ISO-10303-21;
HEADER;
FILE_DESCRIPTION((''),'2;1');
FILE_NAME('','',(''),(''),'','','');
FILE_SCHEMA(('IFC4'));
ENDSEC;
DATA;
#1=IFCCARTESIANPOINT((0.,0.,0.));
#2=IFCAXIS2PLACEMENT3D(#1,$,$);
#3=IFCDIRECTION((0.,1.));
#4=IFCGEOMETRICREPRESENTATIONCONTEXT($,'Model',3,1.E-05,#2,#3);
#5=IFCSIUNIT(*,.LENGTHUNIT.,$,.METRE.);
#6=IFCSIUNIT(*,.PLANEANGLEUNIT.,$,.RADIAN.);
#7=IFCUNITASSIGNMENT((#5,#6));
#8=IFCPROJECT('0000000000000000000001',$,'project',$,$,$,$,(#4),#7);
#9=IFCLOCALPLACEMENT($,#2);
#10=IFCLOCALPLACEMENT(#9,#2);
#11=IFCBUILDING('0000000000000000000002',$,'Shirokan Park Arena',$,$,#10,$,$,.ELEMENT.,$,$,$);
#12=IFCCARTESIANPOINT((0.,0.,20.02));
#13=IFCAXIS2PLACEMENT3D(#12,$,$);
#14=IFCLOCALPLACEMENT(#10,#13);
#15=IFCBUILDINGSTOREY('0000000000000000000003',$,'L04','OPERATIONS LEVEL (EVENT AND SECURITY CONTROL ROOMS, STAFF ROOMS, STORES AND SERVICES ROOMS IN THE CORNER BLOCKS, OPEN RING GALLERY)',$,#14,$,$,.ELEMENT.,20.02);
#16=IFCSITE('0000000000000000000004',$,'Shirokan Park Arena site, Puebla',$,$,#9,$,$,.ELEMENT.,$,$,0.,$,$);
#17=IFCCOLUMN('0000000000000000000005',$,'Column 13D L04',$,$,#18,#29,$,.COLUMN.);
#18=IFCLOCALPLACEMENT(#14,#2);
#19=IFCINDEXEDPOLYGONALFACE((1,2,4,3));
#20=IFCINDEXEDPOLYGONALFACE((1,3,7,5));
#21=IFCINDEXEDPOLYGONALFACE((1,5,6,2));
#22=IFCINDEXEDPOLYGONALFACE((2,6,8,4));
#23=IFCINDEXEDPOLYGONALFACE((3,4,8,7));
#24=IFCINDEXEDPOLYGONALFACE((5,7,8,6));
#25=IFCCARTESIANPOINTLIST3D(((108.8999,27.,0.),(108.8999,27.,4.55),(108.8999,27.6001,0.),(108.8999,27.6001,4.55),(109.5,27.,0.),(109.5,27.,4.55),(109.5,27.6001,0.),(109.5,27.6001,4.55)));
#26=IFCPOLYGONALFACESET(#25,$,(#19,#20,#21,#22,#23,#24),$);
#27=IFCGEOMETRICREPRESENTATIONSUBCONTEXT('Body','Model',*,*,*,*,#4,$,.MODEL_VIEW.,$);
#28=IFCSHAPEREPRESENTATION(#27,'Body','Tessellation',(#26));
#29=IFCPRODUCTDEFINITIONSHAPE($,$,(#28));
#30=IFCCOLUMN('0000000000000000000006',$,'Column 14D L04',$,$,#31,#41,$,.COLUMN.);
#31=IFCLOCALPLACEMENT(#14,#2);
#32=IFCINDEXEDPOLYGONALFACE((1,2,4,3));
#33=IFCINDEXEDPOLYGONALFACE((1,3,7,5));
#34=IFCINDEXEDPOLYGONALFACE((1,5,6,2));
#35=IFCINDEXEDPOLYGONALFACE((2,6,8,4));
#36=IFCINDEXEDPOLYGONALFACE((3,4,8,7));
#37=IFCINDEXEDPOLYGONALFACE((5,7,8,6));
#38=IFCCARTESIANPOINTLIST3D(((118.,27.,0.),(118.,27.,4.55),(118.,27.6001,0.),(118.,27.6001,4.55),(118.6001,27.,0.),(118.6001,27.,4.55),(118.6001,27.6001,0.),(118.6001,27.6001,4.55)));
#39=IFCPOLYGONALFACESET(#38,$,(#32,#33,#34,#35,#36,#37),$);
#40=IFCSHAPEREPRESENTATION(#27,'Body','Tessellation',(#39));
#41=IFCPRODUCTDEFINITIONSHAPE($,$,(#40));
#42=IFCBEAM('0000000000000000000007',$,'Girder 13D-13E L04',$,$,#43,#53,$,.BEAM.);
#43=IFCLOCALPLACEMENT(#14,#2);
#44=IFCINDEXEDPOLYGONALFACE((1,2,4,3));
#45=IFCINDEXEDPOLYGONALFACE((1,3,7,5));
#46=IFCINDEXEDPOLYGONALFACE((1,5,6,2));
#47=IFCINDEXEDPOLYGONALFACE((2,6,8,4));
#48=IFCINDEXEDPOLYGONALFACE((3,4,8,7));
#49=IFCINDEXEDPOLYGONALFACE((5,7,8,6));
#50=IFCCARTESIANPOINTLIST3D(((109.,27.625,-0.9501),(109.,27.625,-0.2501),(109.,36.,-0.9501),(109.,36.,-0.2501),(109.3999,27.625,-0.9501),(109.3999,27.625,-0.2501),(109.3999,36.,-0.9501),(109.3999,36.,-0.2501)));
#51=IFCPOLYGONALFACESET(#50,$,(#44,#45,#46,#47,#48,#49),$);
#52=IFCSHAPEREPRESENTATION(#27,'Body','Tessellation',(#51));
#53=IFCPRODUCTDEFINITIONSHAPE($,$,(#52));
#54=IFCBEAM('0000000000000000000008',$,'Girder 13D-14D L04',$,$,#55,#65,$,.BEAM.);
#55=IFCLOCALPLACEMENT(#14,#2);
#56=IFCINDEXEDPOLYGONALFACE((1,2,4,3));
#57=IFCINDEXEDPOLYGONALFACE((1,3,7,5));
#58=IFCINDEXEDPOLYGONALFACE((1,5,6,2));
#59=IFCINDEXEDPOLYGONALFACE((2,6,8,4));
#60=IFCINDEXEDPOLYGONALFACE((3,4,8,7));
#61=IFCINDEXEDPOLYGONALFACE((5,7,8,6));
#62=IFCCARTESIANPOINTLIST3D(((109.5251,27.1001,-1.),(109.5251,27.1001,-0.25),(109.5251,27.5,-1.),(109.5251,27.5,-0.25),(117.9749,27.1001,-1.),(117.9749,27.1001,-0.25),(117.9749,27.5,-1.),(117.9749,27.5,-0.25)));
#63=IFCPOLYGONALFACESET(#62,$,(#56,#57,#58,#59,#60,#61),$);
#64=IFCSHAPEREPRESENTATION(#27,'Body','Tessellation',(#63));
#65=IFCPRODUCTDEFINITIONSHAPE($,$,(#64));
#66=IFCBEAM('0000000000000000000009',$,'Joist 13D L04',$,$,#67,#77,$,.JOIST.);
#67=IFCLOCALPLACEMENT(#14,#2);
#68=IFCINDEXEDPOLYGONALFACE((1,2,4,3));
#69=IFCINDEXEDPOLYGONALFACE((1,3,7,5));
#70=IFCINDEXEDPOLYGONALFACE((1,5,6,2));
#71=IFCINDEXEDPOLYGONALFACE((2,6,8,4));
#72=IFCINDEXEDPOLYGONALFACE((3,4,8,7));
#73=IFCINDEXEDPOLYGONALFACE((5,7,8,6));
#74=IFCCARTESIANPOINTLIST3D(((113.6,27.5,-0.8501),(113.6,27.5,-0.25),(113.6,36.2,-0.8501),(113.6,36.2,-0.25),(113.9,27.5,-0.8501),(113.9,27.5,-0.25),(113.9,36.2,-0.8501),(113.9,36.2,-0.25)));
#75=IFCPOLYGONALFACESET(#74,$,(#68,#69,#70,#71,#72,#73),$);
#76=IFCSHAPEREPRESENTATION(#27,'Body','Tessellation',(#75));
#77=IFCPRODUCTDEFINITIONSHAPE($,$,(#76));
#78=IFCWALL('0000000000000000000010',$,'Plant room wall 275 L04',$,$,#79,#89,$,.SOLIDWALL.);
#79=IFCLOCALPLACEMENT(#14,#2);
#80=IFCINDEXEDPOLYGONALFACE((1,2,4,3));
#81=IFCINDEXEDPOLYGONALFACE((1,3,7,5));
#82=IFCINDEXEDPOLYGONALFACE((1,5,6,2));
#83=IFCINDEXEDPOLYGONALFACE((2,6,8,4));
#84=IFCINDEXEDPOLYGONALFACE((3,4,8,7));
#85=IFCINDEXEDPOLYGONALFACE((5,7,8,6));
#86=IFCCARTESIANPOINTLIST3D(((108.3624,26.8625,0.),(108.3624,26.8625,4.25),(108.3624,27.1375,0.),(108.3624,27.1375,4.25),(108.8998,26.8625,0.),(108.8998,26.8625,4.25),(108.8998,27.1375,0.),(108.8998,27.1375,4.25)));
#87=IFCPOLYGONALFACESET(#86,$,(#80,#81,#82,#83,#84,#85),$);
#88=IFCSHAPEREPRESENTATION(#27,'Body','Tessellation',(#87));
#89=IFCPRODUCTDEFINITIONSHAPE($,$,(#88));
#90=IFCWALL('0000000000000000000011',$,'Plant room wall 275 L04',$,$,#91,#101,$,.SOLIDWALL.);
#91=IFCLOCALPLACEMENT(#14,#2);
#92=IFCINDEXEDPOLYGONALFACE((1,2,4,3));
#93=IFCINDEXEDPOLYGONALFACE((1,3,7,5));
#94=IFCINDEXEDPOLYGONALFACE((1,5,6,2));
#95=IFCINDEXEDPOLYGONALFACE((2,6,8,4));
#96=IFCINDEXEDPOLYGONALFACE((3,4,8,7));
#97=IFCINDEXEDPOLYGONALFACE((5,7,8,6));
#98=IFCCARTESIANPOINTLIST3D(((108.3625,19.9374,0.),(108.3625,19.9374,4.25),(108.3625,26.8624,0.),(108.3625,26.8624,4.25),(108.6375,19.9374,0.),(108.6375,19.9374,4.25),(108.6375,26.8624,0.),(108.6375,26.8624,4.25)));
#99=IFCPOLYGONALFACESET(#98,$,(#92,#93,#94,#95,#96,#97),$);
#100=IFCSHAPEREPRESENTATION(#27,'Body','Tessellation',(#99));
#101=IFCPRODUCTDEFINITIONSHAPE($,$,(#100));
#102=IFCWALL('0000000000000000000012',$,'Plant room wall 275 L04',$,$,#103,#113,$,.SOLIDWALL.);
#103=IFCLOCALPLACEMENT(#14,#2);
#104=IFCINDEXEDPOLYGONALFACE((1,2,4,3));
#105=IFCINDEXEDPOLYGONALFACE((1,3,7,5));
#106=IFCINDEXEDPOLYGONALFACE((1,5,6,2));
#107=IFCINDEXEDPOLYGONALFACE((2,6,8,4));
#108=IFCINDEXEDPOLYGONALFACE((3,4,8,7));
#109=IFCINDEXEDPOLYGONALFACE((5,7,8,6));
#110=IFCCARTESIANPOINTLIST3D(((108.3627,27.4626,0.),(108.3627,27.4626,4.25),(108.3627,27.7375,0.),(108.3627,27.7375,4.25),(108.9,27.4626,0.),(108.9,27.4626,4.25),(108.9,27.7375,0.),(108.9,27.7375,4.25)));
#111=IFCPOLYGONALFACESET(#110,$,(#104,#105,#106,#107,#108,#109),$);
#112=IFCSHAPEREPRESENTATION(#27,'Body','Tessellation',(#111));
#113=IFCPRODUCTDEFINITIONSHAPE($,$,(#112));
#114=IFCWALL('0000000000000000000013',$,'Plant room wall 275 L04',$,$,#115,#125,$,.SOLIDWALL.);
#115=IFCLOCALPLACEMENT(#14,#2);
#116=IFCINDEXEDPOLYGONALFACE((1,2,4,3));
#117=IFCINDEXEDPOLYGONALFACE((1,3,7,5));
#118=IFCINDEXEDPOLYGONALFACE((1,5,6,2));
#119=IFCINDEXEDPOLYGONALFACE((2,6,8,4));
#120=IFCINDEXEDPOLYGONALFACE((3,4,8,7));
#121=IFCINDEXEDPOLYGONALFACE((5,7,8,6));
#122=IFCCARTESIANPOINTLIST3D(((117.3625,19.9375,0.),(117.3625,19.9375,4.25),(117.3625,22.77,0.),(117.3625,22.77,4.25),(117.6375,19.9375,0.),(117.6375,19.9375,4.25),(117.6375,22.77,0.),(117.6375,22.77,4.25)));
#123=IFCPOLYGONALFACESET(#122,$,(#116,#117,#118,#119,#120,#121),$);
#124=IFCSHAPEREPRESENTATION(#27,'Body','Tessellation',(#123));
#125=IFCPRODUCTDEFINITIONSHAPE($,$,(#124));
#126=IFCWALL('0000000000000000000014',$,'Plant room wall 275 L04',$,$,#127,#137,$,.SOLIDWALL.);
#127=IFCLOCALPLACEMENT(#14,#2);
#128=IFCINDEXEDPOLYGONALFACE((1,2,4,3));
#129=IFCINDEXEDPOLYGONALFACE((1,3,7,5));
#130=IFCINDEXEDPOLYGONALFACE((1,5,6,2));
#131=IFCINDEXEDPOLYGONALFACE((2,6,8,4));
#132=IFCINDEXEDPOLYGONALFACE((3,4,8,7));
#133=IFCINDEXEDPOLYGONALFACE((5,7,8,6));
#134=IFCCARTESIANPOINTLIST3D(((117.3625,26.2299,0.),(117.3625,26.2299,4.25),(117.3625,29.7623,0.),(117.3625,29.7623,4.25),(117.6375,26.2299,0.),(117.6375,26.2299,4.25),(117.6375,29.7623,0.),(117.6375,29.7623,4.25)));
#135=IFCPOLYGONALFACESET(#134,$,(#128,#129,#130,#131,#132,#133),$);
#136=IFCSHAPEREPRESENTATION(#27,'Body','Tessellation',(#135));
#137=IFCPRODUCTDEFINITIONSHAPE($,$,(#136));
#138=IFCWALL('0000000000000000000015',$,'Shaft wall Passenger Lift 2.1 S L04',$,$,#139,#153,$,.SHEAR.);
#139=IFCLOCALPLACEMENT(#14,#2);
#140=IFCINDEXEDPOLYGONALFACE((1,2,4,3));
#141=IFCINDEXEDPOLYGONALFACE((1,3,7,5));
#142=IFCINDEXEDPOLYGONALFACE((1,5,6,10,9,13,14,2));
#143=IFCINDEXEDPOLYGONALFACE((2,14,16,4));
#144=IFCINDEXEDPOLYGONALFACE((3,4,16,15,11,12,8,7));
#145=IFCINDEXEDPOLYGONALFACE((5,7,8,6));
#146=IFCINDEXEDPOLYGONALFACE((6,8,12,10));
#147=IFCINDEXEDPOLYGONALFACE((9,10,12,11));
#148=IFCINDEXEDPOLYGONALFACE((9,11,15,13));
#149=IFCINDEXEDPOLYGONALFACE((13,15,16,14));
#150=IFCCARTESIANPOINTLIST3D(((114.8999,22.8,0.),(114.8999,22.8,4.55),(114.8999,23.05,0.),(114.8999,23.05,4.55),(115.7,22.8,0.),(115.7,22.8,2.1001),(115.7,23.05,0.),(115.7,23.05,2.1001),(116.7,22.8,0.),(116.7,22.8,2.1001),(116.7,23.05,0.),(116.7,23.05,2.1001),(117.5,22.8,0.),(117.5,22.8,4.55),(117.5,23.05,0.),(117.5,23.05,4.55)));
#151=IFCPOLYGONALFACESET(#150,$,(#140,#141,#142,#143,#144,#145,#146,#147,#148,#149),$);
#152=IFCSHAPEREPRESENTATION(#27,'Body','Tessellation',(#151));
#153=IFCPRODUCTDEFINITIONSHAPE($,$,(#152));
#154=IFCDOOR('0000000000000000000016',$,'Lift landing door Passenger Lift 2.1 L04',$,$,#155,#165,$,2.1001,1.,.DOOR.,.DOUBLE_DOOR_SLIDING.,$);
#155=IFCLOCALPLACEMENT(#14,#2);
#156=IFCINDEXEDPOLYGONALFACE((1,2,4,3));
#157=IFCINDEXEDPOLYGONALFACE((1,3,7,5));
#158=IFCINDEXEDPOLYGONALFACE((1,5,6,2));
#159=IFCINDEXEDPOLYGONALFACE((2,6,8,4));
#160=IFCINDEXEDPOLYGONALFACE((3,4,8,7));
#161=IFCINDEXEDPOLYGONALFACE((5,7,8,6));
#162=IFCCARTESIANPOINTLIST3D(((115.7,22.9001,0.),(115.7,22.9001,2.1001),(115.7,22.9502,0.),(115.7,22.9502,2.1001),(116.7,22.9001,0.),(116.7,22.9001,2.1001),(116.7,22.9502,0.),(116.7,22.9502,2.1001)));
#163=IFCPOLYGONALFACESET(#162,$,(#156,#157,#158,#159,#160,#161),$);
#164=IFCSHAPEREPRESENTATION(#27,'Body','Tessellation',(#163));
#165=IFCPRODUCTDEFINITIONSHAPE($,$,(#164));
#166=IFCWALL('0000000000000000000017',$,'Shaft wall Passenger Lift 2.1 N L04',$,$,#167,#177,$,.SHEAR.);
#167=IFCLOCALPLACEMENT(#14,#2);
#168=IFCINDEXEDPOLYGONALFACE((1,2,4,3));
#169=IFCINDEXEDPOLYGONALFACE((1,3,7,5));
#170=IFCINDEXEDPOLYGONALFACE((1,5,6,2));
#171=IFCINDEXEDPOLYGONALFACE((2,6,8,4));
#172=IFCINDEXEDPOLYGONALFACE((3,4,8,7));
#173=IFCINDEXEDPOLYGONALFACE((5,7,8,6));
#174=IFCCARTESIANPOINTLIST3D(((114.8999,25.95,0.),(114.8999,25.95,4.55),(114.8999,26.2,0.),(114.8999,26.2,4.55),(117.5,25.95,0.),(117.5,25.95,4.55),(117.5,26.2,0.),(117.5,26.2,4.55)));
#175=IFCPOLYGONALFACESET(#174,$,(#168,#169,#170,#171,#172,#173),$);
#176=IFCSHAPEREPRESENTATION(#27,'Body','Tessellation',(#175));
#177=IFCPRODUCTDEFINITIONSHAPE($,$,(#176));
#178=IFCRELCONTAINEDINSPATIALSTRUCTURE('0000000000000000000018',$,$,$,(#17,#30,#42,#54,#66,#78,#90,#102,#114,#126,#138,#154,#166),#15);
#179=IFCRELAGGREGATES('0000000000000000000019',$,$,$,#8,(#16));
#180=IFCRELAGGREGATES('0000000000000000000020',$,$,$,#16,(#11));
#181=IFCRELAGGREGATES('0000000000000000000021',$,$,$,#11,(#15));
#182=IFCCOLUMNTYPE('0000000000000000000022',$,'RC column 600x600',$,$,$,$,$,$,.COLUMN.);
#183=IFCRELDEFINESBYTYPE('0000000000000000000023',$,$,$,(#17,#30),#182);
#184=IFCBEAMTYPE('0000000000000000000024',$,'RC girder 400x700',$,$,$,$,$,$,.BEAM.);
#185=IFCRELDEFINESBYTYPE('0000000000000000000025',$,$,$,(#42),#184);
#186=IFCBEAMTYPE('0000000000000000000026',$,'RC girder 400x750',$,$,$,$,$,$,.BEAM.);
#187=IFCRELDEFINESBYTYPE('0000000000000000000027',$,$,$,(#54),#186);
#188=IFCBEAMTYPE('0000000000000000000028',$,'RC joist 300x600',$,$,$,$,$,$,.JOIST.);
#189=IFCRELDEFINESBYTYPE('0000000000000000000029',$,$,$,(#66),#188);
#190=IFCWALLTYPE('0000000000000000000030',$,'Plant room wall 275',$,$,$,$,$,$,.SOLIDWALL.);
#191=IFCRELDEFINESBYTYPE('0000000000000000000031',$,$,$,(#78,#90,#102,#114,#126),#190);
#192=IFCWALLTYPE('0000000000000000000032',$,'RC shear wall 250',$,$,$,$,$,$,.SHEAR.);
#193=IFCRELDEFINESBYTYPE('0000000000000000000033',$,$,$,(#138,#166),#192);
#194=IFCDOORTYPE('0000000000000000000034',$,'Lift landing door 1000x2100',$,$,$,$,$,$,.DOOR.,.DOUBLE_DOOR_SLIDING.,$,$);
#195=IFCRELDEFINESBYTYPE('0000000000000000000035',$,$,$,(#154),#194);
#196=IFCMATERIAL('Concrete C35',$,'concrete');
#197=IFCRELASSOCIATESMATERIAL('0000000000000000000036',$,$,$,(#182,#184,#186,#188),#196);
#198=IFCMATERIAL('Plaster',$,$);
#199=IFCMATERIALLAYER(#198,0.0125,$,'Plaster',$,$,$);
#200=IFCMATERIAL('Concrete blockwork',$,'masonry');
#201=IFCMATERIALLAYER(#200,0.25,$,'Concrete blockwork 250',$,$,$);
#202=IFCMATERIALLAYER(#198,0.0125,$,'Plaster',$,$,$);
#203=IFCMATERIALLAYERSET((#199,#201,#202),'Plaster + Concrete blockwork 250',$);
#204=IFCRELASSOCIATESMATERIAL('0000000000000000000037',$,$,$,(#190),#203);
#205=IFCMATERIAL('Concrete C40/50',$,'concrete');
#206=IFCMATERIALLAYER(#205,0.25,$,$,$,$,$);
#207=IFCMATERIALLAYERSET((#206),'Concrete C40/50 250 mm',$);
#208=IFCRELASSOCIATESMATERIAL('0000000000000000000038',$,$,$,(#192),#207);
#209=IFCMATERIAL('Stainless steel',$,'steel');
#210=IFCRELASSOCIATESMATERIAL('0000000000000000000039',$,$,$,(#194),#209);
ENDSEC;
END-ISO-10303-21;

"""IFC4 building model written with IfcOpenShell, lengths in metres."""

from ifc_helpers import new_model, si_unit, direction, frame, frame_2d, origin, origin_2d, place, context, subcontext, project, spatial, rectangle, extrude, material, layer, layer_set, material_profile, profile_set, type_object, element, fill, save


model = new_model("IFC4")

# Units and contexts
model_context = context("Model", 3, precision=1e-05, world=origin(), true_north=direction((0.0, 1.0)))
body_context = subcontext(model_context, "Body", "Model", "MODEL_VIEW")
ifc_project = project(units=[si_unit("LENGTHUNIT", "METRE"), si_unit("PLANEANGLEUNIT", "RADIAN")], contexts=[model_context])

# Site, building, storey
site_placement = place(None, origin())
site = spatial("IfcSite", under=ifc_project, at=site_placement, Name="Shirokan Park Arena site, Puebla", CompositionType="ELEMENT", RefElevation=0.0)
building_placement = place(site_placement, origin())
building = spatial("IfcBuilding", under=site, at=building_placement, Name="Shirokan Park Arena", CompositionType="ELEMENT")
storey_placement = place(building_placement, frame((0.0, 0.0, 20.02)))
storey = spatial("IfcBuildingStorey", under=building, at=storey_placement, Name="L04", Description="OPERATIONS LEVEL (EVENT AND SECURITY CONTROL ROOMS, STAFF ROOMS, STORES AND SERVICES ROOMS IN THE CORNER BLOCKS, OPEN RING GALLERY)", CompositionType="ELEMENT", Elevation=20.02)

# Columns
ifc_material_1 = material(Name="Concrete C35", Category="concrete")
ifc_material_profile_1 = material_profile(ifc_material_1, rectangle(XDim=0.6001, YDim=0.6001, at=origin_2d()), Name="600x600")
ifc_profile_set_1 = profile_set([ifc_material_profile_1], Name="Concrete C35")
column_type = type_object("IfcColumnType", Name="RC column 600x600", PredefinedType="COLUMN", material=ifc_profile_set_1)
for number, where, z_axis, x_axis, name in (
    (1, (109.2, 27.3, 0.0), (0.0, 0.0, 1.0), (1.0, 0.0, 0.0), "Column 13D L04"),
    (2, (118.3, 27.3, 0.0), (0.0, 0.0, 1.0), (1.0, 0.0, 0.0), "Column 14D L04"),
):
    element("IfcColumn", number, at=place(storey_placement, frame(where, z_axis=z_axis, x_axis=x_axis)), inside=storey, type_object=column_type, Name=name, PredefinedType="COLUMN", context=body_context, shape_type="SweptSolid", body=[
        extrude(rectangle(XDim=0.6001, YDim=0.6001, at=origin_2d()), origin(), (0.0, 0.0, 1.0), 4.55),
    ])

# Beams
ifc_material_profile_2 = material_profile(ifc_material_1, rectangle(XDim=0.3999, YDim=0.7, at=origin_2d()), Name="400x700")
ifc_profile_set_2 = profile_set([ifc_material_profile_2], Name="Concrete C35")
beam_type_1 = type_object("IfcBeamType", Name="RC girder 400x700", PredefinedType="BEAM", material=ifc_profile_set_2)
beam_1_placement = place(storey_placement, frame((109.2, 27.625, -0.6001), z_axis=(0.0, 1.0, 0.0), x_axis=(-1.0, 0.0, 0.0)))
element("IfcBeam", 3, at=beam_1_placement, inside=storey, type_object=beam_type_1, Name="Girder 13D-13E L04", PredefinedType="BEAM", context=body_context, shape_type="SweptSolid", body=[
    extrude(rectangle(XDim=0.3999, YDim=0.7, at=origin_2d()), origin(), (0.0, 0.0, 1.0), 8.375),
])
ifc_material_profile_3 = material_profile(ifc_material_1, rectangle(XDim=0.3999, YDim=0.75, at=origin_2d()), Name="400x750")
ifc_profile_set_3 = profile_set([ifc_material_profile_3], Name="Concrete C35")
beam_type_2 = type_object("IfcBeamType", Name="RC girder 400x750", PredefinedType="BEAM", material=ifc_profile_set_3)
beam_2_placement = place(storey_placement, frame((109.5251, 27.3, -0.625), z_axis=(1.0, 0.0, 0.0), x_axis=(0.0, 1.0, 0.0)))
element("IfcBeam", 4, at=beam_2_placement, inside=storey, type_object=beam_type_2, Name="Girder 13D-14D L04", PredefinedType="BEAM", context=body_context, shape_type="SweptSolid", body=[
    extrude(rectangle(XDim=0.3999, YDim=0.75, at=origin_2d()), origin(), (0.0, 0.0, 1.0), 8.4497),
])
ifc_material_profile_4 = material_profile(ifc_material_1, rectangle(XDim=0.3, YDim=0.6001, at=origin_2d()), Name="300x600")
ifc_profile_set_4 = profile_set([ifc_material_profile_4], Name="Concrete C35")
beam_type_3 = type_object("IfcBeamType", Name="RC joist 300x600", PredefinedType="JOIST", material=ifc_profile_set_4)
beam_3_placement = place(storey_placement, frame((113.75, 27.5, -0.55), z_axis=(0.0, 1.0, 0.0), x_axis=(-1.0, 0.0, 0.0)))
element("IfcBeam", 5, at=beam_3_placement, inside=storey, type_object=beam_type_3, Name="Joist 13D L04", PredefinedType="JOIST", context=body_context, shape_type="SweptSolid", body=[
    extrude(rectangle(XDim=0.3, YDim=0.6001, at=origin_2d()), origin(), (0.0, 0.0, 1.0), 8.7),
])

# Walls
ifc_material_2 = material(Name="Plaster")
ifc_layer_1 = layer(ifc_material_2, 0.0125, Name="Plaster")
ifc_material_3 = material(Name="Concrete blockwork", Category="masonry")
ifc_layer_2 = layer(ifc_material_3, 0.25, Name="Concrete blockwork 250")
ifc_layer_3 = layer(ifc_material_2, 0.0125, Name="Plaster")
ifc_layer_set_1 = layer_set([ifc_layer_1, ifc_layer_2, ifc_layer_3], Name="Plaster + Concrete blockwork 250")
wall_type_1 = type_object("IfcWallType", Name="Plant room wall 275", PredefinedType="SOLIDWALL", material=ifc_layer_set_1)
wall_1_placement = place(storey_placement, frame((108.3625, 27.0, 0.0), z_axis=(0.0, 0.0, 1.0), x_axis=(1.0, 0.0, 0.0)))
element("IfcWall", 6, at=wall_1_placement, inside=storey, type_object=wall_type_1, Name="Plant room wall 275 L04", PredefinedType="SOLIDWALL", context=body_context, shape_type="SweptSolid", body=[
    extrude(rectangle(XDim=0.5374, YDim=0.2749, at=frame_2d((0.2686, 0.0))), origin(), (0.0, 0.0, 1.0), 4.25),
])
wall_2_placement = place(storey_placement, frame((108.5, 19.9375, 0.0), z_axis=(0.0, 0.0, 1.0), x_axis=(0.0, 1.0, 0.0)))
element("IfcWall", 7, at=wall_2_placement, inside=storey, type_object=wall_type_1, Name="Plant room wall 275 L04", PredefinedType="SOLIDWALL", context=body_context, shape_type="SweptSolid", body=[
    extrude(rectangle(XDim=6.925, YDim=0.2749, at=frame_2d((3.4624, 0.0))), origin(), (0.0, 0.0, 1.0), 4.25),
])
wall_3_placement = place(storey_placement, frame((108.8999, 27.6001, 0.0), z_axis=(0.0, 0.0, 1.0), x_axis=(-1.0, 0.0, 0.0)))
element("IfcWall", 8, at=wall_3_placement, inside=storey, type_object=wall_type_1, Name="Plant room wall 275 L04", PredefinedType="SOLIDWALL", context=body_context, shape_type="SweptSolid", body=[
    extrude(rectangle(XDim=0.5374, YDim=0.2749, at=frame_2d((0.2686, 0.0))), origin(), (0.0, 0.0, 1.0), 4.25),
])
wall_4_placement = place(storey_placement, frame((117.5, 19.9375, 0.0), z_axis=(0.0, 0.0, 1.0), x_axis=(0.0, 1.0, 0.0)))
element("IfcWall", 9, at=wall_4_placement, inside=storey, type_object=wall_type_1, Name="Plant room wall 275 L04", PredefinedType="SOLIDWALL", context=body_context, shape_type="SweptSolid", body=[
    extrude(rectangle(XDim=2.8325, YDim=0.2749, at=frame_2d((1.4163, 0.0))), origin(), (0.0, 0.0, 1.0), 4.25),
])
wall_5_placement = place(storey_placement, frame((117.5, 26.23, 0.0), z_axis=(0.0, 0.0, 1.0), x_axis=(0.0, 1.0, 0.0)))
element("IfcWall", 10, at=wall_5_placement, inside=storey, type_object=wall_type_1, Name="Plant room wall 275 L04", PredefinedType="SOLIDWALL", context=body_context, shape_type="SweptSolid", body=[
    extrude(rectangle(XDim=3.5325, YDim=0.2749, at=frame_2d((1.7661, 0.0))), origin(), (0.0, 0.0, 1.0), 4.25),
])

# Wall, opening, door
ifc_material_4 = material(Name="Concrete C40/50", Category="concrete")
ifc_layer_4 = layer(ifc_material_4, 0.25)
ifc_layer_set_2 = layer_set([ifc_layer_4], Name="Concrete C40/50 250 mm")
wall_type_2 = type_object("IfcWallType", Name="RC shear wall 250", PredefinedType="SHEAR", material=ifc_layer_set_2)
wall_6_placement = place(storey_placement, frame((117.5, 22.925, 0.0), z_axis=(0.0, 0.0, 1.0), x_axis=(-1.0, 0.0, 0.0)))
wall_6 = element("IfcWall", 11, at=wall_6_placement, inside=storey, type_object=wall_type_2, Name="Shaft wall Passenger Lift 2.1 S L04", PredefinedType="SHEAR", context=body_context, shape_type="SweptSolid", body=[
    extrude(rectangle(XDim=2.6001, YDim=0.25, at=frame_2d((1.3, 0.0))), origin(), (0.0, 0.0, 1.0), 4.55),
])
opening_1_placement = place(wall_6_placement, frame((0.8, 0.0, 0.0)))
opening_1 = element("IfcOpeningElement", 12, at=opening_1_placement, cuts=wall_6, PredefinedType="OPENING", context=body_context, shape_type="SweptSolid", body=[
    extrude(rectangle(XDim=1.0, YDim=2.1001, at=frame_2d((0.5, 1.05))), frame((0.0, 0.135, 0.0), z_axis=(0.0, -1.0, 0.0), x_axis=(1.0, 0.0, 0.0)), (0.0, 0.0, 1.0), 0.27),
])
ifc_material_5 = material(Name="Stainless steel", Category="steel")
door_type_1 = type_object("IfcDoorType", Name="Lift landing door 1000x2100", OperationType="DOUBLE_DOOR_SLIDING", PredefinedType="DOOR", material=ifc_material_5)
door_1_placement = place(opening_1_placement, origin())
door_1 = element("IfcDoor", 13, at=door_1_placement, inside=storey, type_object=door_type_1, Name="Lift landing door Passenger Lift 2.1 L04", OperationType="DOUBLE_DOOR_SLIDING", OverallHeight=2.1001, OverallWidth=1.0, PredefinedType="DOOR", context=body_context, shape_type="SweptSolid", body=[
    extrude(rectangle(XDim=1.0, YDim=2.1001, at=frame_2d((0.5, 1.05))), frame((0.0, 0.0249, 0.0), z_axis=(0.0, -1.0, 0.0), x_axis=(1.0, 0.0, 0.0)), (0.0, 0.0, 1.0), 0.05),
])
fill(opening_1, door_1)

# Wall
wall_7_placement = place(storey_placement, frame((117.5, 26.075, 0.0), z_axis=(0.0, 0.0, 1.0), x_axis=(-1.0, 0.0, 0.0)))
element("IfcWall", 14, at=wall_7_placement, inside=storey, type_object=wall_type_2, Name="Shaft wall Passenger Lift 2.1 N L04", PredefinedType="SHEAR", context=body_context, shape_type="SweptSolid", body=[
    extrude(rectangle(XDim=2.6001, YDim=0.25, at=frame_2d((1.3, 0.0))), origin(), (0.0, 0.0, 1.0), 4.55),
])

save(model, "model.ifc")
